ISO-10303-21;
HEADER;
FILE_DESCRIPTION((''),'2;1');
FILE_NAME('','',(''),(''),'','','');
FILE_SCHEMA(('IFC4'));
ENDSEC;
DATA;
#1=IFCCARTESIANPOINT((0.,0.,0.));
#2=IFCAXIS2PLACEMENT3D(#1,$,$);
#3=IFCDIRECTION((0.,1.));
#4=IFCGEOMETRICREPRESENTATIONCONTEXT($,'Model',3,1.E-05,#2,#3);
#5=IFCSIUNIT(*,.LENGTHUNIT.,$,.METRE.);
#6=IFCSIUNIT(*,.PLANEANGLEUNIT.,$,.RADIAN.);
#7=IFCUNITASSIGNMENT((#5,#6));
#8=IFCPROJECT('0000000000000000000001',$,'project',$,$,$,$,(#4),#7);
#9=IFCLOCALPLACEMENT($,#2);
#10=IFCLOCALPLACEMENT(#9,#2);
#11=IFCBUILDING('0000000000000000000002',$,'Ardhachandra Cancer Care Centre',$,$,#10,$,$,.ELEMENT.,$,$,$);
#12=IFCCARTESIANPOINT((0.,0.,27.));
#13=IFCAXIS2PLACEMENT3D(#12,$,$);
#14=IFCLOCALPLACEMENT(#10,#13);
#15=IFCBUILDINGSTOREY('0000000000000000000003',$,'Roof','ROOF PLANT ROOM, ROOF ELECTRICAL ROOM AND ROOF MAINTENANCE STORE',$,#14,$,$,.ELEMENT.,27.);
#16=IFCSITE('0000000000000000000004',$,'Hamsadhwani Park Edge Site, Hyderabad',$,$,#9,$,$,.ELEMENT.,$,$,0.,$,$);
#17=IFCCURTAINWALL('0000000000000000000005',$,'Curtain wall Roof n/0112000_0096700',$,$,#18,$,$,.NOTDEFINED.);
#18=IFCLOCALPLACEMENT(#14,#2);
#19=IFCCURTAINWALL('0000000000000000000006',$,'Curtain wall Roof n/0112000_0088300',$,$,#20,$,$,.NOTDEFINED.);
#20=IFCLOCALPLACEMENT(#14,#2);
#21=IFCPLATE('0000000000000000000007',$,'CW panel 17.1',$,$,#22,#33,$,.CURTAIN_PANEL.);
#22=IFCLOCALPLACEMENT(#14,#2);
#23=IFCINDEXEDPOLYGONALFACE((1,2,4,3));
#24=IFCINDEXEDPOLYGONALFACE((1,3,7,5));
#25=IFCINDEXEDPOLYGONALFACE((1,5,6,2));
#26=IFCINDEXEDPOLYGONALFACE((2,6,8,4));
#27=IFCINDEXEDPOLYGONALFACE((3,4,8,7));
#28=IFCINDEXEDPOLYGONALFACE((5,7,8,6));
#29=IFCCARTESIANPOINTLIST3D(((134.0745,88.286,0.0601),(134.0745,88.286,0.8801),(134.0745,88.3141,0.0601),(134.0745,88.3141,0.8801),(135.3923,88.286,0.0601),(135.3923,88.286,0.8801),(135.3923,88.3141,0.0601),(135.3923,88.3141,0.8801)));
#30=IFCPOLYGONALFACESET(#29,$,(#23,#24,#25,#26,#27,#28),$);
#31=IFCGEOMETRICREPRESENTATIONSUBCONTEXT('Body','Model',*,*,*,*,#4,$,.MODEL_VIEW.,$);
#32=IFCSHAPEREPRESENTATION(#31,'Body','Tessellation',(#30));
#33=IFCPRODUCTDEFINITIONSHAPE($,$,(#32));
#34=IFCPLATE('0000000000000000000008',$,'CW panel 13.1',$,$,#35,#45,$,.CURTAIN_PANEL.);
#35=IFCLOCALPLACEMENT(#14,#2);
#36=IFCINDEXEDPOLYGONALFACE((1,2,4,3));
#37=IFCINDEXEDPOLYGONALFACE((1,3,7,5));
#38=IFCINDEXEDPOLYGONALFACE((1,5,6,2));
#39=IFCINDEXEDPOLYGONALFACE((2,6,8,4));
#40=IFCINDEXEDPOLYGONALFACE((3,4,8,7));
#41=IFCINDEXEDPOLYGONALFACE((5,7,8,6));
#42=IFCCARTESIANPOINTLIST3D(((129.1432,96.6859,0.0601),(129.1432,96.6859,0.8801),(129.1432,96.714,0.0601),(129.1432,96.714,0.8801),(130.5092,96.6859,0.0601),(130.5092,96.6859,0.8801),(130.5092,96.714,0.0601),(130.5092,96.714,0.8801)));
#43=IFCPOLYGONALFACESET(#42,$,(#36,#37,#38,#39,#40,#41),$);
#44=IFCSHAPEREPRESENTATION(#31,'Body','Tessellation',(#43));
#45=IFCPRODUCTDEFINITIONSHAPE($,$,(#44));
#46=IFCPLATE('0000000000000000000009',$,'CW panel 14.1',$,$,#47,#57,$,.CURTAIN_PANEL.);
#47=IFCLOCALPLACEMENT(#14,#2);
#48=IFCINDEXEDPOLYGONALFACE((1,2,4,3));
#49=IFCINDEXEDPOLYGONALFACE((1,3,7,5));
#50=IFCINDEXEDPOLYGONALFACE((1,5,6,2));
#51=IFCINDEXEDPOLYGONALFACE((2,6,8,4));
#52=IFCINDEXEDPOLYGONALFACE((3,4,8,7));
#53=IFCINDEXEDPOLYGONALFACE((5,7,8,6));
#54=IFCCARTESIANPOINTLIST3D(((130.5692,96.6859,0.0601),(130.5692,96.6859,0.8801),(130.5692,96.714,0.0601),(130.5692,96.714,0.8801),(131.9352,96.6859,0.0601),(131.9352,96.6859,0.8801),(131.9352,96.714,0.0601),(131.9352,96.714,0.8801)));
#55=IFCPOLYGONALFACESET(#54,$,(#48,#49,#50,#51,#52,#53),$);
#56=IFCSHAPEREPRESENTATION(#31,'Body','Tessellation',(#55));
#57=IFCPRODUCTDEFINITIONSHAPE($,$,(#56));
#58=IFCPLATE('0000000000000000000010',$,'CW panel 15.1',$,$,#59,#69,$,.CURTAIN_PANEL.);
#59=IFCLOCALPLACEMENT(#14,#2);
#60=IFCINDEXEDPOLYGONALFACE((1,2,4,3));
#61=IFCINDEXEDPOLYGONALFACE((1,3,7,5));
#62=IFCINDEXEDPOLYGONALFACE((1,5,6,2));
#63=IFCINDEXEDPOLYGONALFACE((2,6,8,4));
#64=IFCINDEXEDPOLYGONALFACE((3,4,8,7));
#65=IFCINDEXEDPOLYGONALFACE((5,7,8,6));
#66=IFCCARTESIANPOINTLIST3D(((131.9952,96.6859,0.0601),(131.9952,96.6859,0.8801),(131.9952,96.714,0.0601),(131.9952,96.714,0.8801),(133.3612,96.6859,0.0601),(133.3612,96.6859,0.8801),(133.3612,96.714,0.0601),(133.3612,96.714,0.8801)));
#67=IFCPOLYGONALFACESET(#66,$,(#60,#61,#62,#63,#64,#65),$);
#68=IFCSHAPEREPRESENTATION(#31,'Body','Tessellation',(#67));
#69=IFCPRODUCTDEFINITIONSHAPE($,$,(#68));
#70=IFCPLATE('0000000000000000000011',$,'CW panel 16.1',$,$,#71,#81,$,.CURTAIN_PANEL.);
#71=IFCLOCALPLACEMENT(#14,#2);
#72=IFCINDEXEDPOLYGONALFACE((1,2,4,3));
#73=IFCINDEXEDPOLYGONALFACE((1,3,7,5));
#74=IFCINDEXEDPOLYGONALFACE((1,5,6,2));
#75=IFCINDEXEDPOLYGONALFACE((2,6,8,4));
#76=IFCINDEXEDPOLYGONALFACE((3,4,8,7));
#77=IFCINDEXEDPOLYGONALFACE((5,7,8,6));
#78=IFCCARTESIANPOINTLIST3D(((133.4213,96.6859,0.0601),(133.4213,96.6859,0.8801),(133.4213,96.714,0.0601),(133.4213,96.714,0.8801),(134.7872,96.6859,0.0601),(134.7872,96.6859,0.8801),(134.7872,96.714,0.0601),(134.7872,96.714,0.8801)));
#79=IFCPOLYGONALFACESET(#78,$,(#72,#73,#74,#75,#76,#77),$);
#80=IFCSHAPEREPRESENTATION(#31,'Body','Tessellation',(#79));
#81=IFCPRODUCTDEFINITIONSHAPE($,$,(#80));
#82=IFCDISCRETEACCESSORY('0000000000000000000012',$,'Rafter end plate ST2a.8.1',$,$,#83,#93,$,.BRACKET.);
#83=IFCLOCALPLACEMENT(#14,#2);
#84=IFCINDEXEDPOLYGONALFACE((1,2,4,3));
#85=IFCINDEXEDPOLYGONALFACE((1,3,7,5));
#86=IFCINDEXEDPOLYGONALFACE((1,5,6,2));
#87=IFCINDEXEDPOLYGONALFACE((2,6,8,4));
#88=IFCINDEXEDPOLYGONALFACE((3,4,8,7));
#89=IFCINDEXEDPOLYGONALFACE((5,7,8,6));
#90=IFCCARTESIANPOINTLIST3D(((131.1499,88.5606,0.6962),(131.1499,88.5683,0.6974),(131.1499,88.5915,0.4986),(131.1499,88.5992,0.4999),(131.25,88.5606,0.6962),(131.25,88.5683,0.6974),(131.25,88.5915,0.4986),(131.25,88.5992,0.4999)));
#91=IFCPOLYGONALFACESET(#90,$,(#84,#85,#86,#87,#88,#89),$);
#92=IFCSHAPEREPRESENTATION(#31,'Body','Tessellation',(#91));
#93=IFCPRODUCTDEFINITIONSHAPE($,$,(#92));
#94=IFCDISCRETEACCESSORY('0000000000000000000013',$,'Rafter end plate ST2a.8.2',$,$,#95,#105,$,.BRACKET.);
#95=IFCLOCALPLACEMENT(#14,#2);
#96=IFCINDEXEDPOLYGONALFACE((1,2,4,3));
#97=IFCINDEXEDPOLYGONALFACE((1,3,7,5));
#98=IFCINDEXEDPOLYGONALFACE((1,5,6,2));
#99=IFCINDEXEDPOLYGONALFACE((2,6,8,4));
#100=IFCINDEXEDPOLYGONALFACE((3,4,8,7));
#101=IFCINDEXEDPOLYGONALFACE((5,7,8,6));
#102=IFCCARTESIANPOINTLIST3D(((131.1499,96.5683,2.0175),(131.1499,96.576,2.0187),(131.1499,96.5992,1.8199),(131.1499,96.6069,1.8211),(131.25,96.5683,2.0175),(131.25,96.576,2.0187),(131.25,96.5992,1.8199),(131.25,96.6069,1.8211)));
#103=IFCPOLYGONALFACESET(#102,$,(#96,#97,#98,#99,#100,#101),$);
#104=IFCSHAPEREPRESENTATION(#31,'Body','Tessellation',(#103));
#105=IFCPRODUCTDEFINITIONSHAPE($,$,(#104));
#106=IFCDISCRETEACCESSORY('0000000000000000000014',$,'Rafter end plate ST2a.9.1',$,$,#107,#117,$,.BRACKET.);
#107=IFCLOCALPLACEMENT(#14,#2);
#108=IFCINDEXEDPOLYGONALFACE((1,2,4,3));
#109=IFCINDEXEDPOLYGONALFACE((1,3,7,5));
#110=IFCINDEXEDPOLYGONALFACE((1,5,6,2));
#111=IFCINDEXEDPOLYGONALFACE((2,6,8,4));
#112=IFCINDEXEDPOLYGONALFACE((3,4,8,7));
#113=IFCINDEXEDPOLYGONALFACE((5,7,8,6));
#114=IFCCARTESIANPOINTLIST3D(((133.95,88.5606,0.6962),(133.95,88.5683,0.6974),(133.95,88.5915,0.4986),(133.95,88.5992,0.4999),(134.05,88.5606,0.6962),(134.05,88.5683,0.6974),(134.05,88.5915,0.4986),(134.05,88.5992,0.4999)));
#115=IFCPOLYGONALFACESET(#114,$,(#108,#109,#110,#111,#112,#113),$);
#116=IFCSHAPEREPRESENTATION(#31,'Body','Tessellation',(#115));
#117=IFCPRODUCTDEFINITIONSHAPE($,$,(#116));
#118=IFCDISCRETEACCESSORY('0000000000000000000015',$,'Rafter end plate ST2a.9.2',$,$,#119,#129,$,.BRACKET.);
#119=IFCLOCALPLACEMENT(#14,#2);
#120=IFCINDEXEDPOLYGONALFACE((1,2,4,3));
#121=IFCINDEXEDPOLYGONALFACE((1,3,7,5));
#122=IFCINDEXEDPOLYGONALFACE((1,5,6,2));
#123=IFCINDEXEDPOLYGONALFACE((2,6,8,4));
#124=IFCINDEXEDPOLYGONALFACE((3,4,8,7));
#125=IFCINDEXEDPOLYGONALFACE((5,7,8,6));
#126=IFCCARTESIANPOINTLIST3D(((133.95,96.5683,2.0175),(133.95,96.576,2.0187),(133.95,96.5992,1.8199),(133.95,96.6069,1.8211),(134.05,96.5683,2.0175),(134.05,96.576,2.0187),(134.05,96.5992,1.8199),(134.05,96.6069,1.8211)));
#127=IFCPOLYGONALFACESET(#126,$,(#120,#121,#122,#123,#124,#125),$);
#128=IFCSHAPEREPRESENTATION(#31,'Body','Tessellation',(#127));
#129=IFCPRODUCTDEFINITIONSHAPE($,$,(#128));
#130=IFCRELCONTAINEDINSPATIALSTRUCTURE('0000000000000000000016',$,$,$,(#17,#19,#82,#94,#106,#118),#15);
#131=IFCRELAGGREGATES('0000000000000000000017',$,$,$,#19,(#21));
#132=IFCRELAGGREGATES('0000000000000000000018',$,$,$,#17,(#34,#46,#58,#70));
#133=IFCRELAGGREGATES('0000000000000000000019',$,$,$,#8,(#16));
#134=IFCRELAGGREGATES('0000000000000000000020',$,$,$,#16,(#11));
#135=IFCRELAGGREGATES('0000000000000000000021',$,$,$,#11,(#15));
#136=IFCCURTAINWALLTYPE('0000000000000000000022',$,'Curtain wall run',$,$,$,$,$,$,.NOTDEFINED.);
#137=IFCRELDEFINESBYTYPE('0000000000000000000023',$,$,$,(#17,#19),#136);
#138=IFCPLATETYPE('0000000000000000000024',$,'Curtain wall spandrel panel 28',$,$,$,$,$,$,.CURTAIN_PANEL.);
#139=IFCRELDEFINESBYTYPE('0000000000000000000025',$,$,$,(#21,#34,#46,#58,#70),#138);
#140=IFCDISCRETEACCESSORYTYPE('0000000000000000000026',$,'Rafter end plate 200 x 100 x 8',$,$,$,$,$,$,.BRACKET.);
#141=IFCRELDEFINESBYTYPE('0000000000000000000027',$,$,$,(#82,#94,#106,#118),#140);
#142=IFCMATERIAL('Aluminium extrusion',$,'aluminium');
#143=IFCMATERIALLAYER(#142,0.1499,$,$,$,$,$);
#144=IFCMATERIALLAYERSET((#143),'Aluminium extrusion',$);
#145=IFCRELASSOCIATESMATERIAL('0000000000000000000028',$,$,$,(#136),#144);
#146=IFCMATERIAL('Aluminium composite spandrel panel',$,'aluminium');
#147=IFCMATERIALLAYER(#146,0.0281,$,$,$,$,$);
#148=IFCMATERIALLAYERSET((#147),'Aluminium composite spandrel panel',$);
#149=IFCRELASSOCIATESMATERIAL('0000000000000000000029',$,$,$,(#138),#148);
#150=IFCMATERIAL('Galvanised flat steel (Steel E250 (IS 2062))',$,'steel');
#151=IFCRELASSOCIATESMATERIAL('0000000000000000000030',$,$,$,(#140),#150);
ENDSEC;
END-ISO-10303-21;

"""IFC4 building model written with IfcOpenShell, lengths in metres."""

from ifc_helpers import new_model, si_unit, direction, frame, origin, origin_2d, place, context, subcontext, project, spatial, rectangle, extrude, material, layer, layer_set, material_profile, profile_set, type_object, element, aggregate, save


model = new_model("IFC4")

# Units and contexts
model_context = context("Model", 3, precision=1e-05, world=origin(), true_north=direction((0.0, 1.0)))
body_context = subcontext(model_context, "Body", "Model", "MODEL_VIEW")
ifc_project = project(units=[si_unit("LENGTHUNIT", "METRE"), si_unit("PLANEANGLEUNIT", "RADIAN")], contexts=[model_context])

# Site, building, storey
site_placement = place(None, origin())
site = spatial("IfcSite", under=ifc_project, at=site_placement, Name="Hamsadhwani Park Edge Site, Hyderabad", CompositionType="ELEMENT", RefElevation=0.0)
building_placement = place(site_placement, origin())
building = spatial("IfcBuilding", under=site, at=building_placement, Name="Ardhachandra Cancer Care Centre", CompositionType="ELEMENT")
storey_placement = place(building_placement, frame((0.0, 0.0, 27.0)))
storey = spatial("IfcBuildingStorey", under=building, at=storey_placement, Name="Roof", Description="ROOF PLANT ROOM, ROOF ELECTRICAL ROOM AND ROOF MAINTENANCE STORE", CompositionType="ELEMENT", Elevation=27.0)

# Curtain walls
ifc_material_1 = material(Name="Aluminium extrusion", Category="aluminium")
ifc_layer_1 = layer(ifc_material_1, 0.1499)
ifc_layer_set_1 = layer_set([ifc_layer_1], Name="Aluminium extrusion")
curtain_wall_type = type_object("IfcCurtainWallType", Name="Curtain wall run", PredefinedType="NOTDEFINED", material=ifc_layer_set_1)
curtain_wall_1_placement = place(storey_placement, origin())
curtain_wall_1 = element("IfcCurtainWall", 1, at=curtain_wall_1_placement, inside=storey, type_object=curtain_wall_type, Name="Curtain wall Roof n/0112000_0096700", PredefinedType="NOTDEFINED")
curtain_wall_2_placement = place(storey_placement, origin())
curtain_wall_2 = element("IfcCurtainWall", 2, at=curtain_wall_2_placement, inside=storey, type_object=curtain_wall_type, Name="Curtain wall Roof n/0112000_0088300", PredefinedType="NOTDEFINED")

# Plates
ifc_material_2 = material(Name="Aluminium composite spandrel panel", Category="aluminium")
ifc_layer_2 = layer(ifc_material_2, 0.0281)
ifc_layer_set_2 = layer_set([ifc_layer_2], Name="Aluminium composite spandrel panel")
plate_type_1 = type_object("IfcPlateType", Name="Curtain wall spandrel panel 28", PredefinedType="CURTAIN_PANEL", material=ifc_layer_set_2)
plate_1_placement = place(storey_placement, frame((134.7334, 88.3, 0.0601), z_axis=(0.0, 0.0, 1.0), x_axis=(1.0, 0.0, 0.0)))
plate_1 = element("IfcPlate", 3, at=plate_1_placement, type_object=plate_type_1, Name="CW panel 17.1", PredefinedType="CURTAIN_PANEL", context=body_context, shape_type="SweptSolid", body=[
    extrude(rectangle(XDim=1.3179, YDim=0.0281, at=origin_2d()), origin(), (0.0, 0.0, 1.0), 0.8201),
])
aggregate(curtain_wall_2, [plate_1])
plate_2_placement = place(storey_placement, frame((129.8262, 96.7, 0.0601), z_axis=(0.0, 0.0, 1.0), x_axis=(1.0, 0.0, 0.0)))
plate_2 = element("IfcPlate", 4, at=plate_2_placement, type_object=plate_type_1, Name="CW panel 13.1", PredefinedType="CURTAIN_PANEL", context=body_context, shape_type="SweptSolid", body=[
    extrude(rectangle(XDim=1.366, YDim=0.0281, at=origin_2d()), origin(), (0.0, 0.0, 1.0), 0.8201),
])
plate_3_placement = place(storey_placement, frame((131.2522, 96.7, 0.0601), z_axis=(0.0, 0.0, 1.0), x_axis=(1.0, 0.0, 0.0)))
plate_3 = element("IfcPlate", 5, at=plate_3_placement, type_object=plate_type_1, Name="CW panel 14.1", PredefinedType="CURTAIN_PANEL", context=body_context, shape_type="SweptSolid", body=[
    extrude(rectangle(XDim=1.366, YDim=0.0281, at=origin_2d()), origin(), (0.0, 0.0, 1.0), 0.8201),
])
plate_4_placement = place(storey_placement, frame((132.6782, 96.7, 0.0601), z_axis=(0.0, 0.0, 1.0), x_axis=(1.0, 0.0, 0.0)))
plate_4 = element("IfcPlate", 6, at=plate_4_placement, type_object=plate_type_1, Name="CW panel 15.1", PredefinedType="CURTAIN_PANEL", context=body_context, shape_type="SweptSolid", body=[
    extrude(rectangle(XDim=1.366, YDim=0.0281, at=origin_2d()), origin(), (0.0, 0.0, 1.0), 0.8201),
])
plate_5_placement = place(storey_placement, frame((134.1042, 96.7, 0.0601), z_axis=(0.0, 0.0, 1.0), x_axis=(1.0, 0.0, 0.0)))
plate_5 = element("IfcPlate", 7, at=plate_5_placement, type_object=plate_type_1, Name="CW panel 16.1", PredefinedType="CURTAIN_PANEL", context=body_context, shape_type="SweptSolid", body=[
    extrude(rectangle(XDim=1.366, YDim=0.0281, at=origin_2d()), origin(), (0.0, 0.0, 1.0), 0.8201),
])
aggregate(curtain_wall_1, [plate_2, plate_3, plate_4, plate_5])

# Discrete accessories
ifc_material_3 = material(Name="Galvanised flat steel (Steel E250 (IS 2062))", Category="steel")
ifc_material_profile_1 = material_profile(ifc_material_3, rectangle(XDim=0.1001, YDim=0.2, at=origin_2d()), Name="Rafter end plate 200 x 100 x 8")
ifc_profile_set_1 = profile_set([ifc_material_profile_1], Name="Galvanised flat steel (Steel E250 (IS 2062))")
discrete_accessory_type = type_object("IfcDiscreteAccessoryType", Name="Rafter end plate 200 x 100 x 8", PredefinedType="BRACKET", material=ifc_profile_set_1)
for number, where, z_axis, x_axis, name in (
    (8, (131.2, 88.5837, 0.5986), (0.0, -0.988012, -0.154377), (1.0, 0.0, 0.0), "Rafter end plate ST2a.8.1"),
    (9, (131.2, 96.5837, 1.9187), (0.0, 0.988012, 0.154377), (-1.0, 0.0, 0.0), "Rafter end plate ST2a.8.2"),
    (10, (134.0, 88.5837, 0.5986), (0.0, -0.988012, -0.154377), (1.0, 0.0, 0.0), "Rafter end plate ST2a.9.1"),
    (11, (134.0, 96.5837, 1.9187), (0.0, 0.988012, 0.154377), (-1.0, 0.0, 0.0), "Rafter end plate ST2a.9.2"),
):
    element("IfcDiscreteAccessory", number, at=place(storey_placement, frame(where, z_axis=z_axis, x_axis=x_axis)), inside=storey, type_object=discrete_accessory_type, Name=name, PredefinedType="BRACKET", context=body_context, shape_type="SweptSolid", body=[
        extrude(rectangle(XDim=0.1001, YDim=0.2, at=origin_2d()), origin(), (0.0, 0.0, 1.0), 0.0078),
    ])

save(model, "model.ifc")
